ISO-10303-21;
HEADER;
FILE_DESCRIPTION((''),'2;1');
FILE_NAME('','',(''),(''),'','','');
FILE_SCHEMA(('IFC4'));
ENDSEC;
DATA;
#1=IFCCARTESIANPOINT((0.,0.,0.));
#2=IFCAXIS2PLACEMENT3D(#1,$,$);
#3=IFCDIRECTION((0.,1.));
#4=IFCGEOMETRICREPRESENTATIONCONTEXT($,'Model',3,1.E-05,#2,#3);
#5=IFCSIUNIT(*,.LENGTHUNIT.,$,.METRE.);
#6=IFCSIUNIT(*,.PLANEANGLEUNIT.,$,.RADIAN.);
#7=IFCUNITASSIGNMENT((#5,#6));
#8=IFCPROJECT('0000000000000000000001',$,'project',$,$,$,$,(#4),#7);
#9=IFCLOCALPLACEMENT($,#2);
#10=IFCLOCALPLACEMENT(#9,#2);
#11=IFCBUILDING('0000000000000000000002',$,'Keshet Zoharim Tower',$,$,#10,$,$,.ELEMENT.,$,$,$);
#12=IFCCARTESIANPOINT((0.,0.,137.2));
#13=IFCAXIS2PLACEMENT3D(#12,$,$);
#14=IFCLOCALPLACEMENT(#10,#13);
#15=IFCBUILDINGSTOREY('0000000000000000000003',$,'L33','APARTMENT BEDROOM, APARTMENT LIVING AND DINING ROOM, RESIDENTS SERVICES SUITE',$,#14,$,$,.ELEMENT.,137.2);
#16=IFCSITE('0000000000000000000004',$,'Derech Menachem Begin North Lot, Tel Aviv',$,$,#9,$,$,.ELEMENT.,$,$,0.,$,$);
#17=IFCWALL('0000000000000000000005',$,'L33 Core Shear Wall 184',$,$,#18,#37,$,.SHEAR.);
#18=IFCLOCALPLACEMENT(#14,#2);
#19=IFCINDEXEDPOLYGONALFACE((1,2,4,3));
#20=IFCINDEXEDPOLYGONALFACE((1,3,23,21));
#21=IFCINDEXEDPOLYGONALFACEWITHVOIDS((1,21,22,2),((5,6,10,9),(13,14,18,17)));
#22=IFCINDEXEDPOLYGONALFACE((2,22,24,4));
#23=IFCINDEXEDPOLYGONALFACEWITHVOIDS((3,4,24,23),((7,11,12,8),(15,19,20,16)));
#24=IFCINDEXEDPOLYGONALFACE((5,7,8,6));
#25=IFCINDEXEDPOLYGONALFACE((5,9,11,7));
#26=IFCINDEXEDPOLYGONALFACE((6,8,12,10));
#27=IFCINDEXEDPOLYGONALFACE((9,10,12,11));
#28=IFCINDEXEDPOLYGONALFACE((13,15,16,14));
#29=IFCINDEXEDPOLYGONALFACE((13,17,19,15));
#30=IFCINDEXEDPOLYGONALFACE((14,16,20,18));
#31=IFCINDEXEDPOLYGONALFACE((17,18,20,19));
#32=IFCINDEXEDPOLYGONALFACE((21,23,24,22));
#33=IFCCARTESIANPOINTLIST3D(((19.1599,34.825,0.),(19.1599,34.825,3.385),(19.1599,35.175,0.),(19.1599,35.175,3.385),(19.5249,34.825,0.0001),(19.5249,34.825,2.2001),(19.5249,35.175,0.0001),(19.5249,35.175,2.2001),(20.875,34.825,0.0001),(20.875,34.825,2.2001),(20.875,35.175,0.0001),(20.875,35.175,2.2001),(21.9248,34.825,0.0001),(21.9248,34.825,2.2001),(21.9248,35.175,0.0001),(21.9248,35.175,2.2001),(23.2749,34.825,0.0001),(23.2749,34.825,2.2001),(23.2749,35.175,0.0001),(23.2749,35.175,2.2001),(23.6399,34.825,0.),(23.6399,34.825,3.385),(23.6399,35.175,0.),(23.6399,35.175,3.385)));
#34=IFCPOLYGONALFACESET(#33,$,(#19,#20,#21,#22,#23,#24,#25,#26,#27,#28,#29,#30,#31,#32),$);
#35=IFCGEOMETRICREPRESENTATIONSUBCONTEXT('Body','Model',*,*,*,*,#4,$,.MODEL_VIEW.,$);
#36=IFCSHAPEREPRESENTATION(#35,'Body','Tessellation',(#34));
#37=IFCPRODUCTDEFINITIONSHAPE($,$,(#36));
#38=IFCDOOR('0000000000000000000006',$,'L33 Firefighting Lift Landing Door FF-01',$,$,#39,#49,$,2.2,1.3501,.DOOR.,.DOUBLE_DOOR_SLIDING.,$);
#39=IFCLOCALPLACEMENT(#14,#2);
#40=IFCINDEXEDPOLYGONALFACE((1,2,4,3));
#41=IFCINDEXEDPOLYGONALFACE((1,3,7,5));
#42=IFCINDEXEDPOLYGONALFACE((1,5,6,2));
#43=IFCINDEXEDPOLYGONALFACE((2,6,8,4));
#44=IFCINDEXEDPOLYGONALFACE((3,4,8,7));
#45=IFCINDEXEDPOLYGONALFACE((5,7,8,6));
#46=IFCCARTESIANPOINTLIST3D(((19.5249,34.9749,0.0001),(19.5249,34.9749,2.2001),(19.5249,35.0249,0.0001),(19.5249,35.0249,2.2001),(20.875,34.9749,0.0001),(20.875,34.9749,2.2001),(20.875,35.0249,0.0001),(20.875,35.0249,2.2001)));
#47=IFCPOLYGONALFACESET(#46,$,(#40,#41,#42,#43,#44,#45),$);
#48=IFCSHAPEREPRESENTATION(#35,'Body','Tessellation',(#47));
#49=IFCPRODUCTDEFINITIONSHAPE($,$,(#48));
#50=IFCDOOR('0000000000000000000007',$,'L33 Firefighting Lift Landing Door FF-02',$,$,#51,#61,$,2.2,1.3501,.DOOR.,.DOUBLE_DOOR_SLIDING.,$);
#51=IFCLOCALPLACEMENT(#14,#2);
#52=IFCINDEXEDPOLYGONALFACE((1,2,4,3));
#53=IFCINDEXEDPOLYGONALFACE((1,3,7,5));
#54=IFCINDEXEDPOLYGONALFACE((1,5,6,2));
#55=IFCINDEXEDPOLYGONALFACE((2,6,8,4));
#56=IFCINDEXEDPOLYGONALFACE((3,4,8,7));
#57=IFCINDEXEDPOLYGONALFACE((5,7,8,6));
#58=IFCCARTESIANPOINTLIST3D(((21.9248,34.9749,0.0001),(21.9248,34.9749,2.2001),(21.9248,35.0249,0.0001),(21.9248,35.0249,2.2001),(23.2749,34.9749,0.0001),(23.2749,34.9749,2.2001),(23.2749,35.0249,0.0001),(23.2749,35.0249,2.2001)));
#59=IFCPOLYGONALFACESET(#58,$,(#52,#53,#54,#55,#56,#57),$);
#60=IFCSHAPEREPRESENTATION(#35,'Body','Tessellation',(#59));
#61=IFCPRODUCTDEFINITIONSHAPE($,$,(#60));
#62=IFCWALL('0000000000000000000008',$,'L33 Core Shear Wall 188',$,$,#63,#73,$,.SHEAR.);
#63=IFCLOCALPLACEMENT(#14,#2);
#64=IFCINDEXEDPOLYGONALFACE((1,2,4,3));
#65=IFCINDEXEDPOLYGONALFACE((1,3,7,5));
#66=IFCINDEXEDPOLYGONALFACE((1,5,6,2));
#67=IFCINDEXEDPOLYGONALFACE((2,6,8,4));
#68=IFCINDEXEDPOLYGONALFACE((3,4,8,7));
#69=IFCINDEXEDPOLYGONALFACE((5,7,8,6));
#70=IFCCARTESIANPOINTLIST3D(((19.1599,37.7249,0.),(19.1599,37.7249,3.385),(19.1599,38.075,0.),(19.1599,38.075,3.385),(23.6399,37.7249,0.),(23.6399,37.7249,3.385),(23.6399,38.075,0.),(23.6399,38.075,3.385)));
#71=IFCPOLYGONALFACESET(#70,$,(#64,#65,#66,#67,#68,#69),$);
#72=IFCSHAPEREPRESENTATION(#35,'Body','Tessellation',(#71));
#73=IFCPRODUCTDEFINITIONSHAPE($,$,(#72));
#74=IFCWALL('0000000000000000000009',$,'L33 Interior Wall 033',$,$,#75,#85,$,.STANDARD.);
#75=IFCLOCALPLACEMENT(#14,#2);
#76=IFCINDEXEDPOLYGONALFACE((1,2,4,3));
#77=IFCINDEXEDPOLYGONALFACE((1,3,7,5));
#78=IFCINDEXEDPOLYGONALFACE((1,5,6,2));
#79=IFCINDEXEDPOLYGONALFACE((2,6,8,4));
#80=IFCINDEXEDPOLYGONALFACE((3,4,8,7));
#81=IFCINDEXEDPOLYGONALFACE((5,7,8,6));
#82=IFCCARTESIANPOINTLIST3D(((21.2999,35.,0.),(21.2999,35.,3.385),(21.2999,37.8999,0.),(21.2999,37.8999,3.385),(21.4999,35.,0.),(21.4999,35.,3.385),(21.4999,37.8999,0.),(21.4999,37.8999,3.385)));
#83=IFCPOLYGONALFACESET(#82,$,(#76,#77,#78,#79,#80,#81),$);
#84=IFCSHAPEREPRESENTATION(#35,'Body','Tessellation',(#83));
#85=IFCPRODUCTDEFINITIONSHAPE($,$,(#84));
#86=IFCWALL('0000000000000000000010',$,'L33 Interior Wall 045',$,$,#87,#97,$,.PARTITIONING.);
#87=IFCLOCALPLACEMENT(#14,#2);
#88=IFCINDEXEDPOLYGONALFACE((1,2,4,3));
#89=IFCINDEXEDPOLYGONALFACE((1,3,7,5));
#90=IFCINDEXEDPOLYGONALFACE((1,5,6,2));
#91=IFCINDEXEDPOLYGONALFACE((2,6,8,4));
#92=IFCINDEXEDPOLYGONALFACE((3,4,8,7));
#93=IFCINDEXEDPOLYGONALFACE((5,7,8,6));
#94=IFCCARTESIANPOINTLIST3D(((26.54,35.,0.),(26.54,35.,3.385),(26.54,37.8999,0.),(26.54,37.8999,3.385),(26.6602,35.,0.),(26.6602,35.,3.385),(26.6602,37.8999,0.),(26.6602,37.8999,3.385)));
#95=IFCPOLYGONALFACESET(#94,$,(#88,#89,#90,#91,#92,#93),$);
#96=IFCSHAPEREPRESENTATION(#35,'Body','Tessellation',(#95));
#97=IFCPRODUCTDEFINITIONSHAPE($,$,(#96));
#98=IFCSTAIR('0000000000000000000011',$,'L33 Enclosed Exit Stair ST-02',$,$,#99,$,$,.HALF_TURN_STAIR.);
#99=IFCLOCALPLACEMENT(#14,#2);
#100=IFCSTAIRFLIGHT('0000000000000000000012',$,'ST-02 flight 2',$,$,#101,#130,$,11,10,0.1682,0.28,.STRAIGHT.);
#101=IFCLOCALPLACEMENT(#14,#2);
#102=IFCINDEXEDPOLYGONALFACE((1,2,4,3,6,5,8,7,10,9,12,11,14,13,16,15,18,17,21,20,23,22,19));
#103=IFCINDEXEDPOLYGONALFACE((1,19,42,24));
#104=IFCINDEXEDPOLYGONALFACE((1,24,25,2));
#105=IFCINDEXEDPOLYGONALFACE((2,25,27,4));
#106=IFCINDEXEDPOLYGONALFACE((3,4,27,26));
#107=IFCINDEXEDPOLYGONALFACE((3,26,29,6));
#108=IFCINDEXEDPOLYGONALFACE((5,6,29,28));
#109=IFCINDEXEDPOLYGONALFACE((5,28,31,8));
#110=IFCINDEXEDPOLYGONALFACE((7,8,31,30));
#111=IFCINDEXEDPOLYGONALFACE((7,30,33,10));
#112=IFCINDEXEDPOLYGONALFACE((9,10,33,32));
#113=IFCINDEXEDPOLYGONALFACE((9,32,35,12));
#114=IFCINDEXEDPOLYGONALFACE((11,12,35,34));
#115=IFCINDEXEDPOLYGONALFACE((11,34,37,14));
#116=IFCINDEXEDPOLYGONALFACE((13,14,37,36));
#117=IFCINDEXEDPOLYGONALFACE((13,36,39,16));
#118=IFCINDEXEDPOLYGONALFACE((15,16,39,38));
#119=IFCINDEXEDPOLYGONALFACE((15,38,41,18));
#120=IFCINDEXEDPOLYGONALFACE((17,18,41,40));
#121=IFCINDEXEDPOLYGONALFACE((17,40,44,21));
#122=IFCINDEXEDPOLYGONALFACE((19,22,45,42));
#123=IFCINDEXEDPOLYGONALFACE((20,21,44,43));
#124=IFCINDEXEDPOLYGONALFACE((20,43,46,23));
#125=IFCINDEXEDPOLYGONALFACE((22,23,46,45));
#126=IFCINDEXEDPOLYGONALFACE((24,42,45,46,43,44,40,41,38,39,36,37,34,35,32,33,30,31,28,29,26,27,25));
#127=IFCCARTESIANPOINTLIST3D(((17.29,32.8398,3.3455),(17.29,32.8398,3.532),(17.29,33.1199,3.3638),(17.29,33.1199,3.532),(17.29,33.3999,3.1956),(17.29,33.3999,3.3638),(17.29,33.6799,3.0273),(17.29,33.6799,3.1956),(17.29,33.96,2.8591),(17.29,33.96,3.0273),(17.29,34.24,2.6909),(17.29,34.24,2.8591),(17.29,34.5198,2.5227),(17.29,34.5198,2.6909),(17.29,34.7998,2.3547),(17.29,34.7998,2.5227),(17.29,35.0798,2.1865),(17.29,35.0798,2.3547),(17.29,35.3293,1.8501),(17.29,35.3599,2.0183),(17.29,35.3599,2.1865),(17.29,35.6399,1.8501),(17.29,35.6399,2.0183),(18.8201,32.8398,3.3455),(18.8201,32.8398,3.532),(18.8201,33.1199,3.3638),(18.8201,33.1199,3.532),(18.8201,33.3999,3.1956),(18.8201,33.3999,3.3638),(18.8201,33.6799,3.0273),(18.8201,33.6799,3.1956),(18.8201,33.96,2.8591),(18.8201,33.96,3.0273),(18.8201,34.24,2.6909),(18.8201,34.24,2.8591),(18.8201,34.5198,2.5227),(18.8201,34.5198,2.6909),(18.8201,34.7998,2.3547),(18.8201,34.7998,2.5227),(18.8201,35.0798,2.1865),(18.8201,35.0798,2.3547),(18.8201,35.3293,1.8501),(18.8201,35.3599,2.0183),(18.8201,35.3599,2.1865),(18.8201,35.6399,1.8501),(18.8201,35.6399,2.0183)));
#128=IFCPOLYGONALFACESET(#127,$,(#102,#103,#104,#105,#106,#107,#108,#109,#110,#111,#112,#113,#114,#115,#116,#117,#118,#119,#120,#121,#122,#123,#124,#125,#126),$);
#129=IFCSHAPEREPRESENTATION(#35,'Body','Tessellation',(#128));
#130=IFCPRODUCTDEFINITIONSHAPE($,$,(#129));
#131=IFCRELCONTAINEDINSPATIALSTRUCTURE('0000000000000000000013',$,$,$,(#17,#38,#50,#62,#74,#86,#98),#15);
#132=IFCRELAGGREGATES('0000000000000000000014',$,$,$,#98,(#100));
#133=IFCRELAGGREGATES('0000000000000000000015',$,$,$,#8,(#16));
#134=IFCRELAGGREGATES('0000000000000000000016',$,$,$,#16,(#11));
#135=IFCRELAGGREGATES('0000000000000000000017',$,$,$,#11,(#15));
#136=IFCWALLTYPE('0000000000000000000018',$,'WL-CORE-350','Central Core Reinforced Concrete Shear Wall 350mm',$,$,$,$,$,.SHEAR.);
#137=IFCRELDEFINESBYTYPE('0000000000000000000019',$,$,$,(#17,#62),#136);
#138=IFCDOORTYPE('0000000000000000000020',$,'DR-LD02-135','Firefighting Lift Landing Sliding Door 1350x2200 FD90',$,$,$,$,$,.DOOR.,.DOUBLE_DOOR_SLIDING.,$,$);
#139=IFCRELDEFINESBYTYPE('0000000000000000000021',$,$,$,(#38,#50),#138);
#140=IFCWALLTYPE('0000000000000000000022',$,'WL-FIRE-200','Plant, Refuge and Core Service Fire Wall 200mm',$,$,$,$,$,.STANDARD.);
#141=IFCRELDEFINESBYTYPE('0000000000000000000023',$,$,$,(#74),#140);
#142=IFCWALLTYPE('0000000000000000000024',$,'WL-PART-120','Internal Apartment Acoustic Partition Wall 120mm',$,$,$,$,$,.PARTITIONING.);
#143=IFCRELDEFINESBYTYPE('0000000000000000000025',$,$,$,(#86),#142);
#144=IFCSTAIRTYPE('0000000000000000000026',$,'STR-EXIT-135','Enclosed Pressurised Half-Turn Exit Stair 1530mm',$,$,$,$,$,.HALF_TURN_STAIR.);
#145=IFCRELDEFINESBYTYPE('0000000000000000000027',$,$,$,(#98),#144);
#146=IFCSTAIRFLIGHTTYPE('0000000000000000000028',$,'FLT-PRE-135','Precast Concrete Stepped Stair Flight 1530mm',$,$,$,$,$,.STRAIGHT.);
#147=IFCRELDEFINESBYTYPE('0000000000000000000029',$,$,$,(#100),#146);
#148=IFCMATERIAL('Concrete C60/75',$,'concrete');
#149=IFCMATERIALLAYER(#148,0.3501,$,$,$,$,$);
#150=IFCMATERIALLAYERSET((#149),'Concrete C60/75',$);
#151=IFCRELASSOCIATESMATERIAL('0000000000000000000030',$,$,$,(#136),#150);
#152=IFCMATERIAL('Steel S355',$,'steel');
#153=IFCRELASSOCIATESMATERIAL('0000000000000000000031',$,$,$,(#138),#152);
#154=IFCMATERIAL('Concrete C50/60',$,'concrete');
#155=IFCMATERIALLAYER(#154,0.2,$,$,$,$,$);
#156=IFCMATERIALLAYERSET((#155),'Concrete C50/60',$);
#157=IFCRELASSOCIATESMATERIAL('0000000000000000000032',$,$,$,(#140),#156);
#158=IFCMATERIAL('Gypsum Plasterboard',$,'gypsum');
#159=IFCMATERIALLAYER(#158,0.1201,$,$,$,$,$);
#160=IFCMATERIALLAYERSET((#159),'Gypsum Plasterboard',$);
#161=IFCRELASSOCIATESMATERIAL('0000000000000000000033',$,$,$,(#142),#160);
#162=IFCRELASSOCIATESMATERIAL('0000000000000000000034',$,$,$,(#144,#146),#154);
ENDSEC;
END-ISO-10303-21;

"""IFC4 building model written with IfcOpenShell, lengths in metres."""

from ifc_helpers import new_model, si_unit, direction, frame, frame_2d, origin, place, context, subcontext, project, spatial, polyline, rectangle, outline, extrude, material, layer, layer_set, type_object, element, fill, aggregate, save


model = new_model("IFC4")

# Units and contexts
model_context = context("Model", 3, precision=1e-05, world=origin(), true_north=direction((0.0, 1.0)))
body_context = subcontext(model_context, "Body", "Model", "MODEL_VIEW")
ifc_project = project(units=[si_unit("LENGTHUNIT", "METRE"), si_unit("PLANEANGLEUNIT", "RADIAN")], contexts=[model_context])

# Site, building, storey
site_placement = place(None, origin())
site = spatial("IfcSite", under=ifc_project, at=site_placement, Name="Derech Menachem Begin North Lot, Tel Aviv", CompositionType="ELEMENT", RefElevation=0.0)
building_placement = place(site_placement, origin())
building = spatial("IfcBuilding", under=site, at=building_placement, Name="Keshet Zoharim Tower", CompositionType="ELEMENT")
storey_placement = place(building_placement, frame((0.0, 0.0, 137.2)))
storey = spatial("IfcBuildingStorey", under=building, at=storey_placement, Name="L33", Description="APARTMENT BEDROOM, APARTMENT LIVING AND DINING ROOM, RESIDENTS SERVICES SUITE", CompositionType="ELEMENT", Elevation=137.2)

# Shared definitions
ifc_material_1 = material(Name="Steel S355", Category="steel")

# Shared definitions
ifc_material_2 = material(Name="Concrete C60/75", Category="concrete")
ifc_layer_1 = layer(ifc_material_2, 0.3501)
ifc_layer_set_1 = layer_set([ifc_layer_1], Name="Concrete C60/75")
wall_type_1 = type_object("IfcWallType", Name="WL-CORE-350", Description="Central Core Reinforced Concrete Shear Wall 350mm", PredefinedType="SHEAR", material=ifc_layer_set_1)

# Wall, openings, doors
wall_1_placement = place(storey_placement, frame((19.1599, 35.0, 0.0), z_axis=(0.0, 0.0, 1.0), x_axis=(1.0, 0.0, 0.0)))
wall_1 = element("IfcWall", 1, at=wall_1_placement, inside=storey, type_object=wall_type_1, Name="L33 Core Shear Wall 184", PredefinedType="SHEAR", context=body_context, shape_type="SweptSolid", body=[
    extrude(rectangle(XDim=4.48, YDim=0.3501, at=frame_2d((2.24, 0.0))), origin(), (0.0, 0.0, 1.0), 3.385),
])
opening_1_placement = place(wall_1_placement, frame((0.365, 0.0, 0.0)))
opening_1 = element("IfcOpeningElement", 2, at=opening_1_placement, cuts=wall_1, PredefinedType="OPENING", context=body_context, shape_type="SweptSolid", body=[
    extrude(rectangle(XDim=1.3501, YDim=2.2, at=frame_2d((0.675, 1.1001))), frame((0.0, 0.1851, 0.0), z_axis=(0.0, -1.0, 0.0), x_axis=(1.0, 0.0, 0.0)), (0.0, 0.0, 1.0), 0.3701),
])
opening_2_placement = place(wall_1_placement, frame((2.7649, 0.0, 0.0)))
opening_2 = element("IfcOpeningElement", 3, at=opening_2_placement, cuts=wall_1, PredefinedType="OPENING", context=body_context, shape_type="SweptSolid", body=[
    extrude(rectangle(XDim=1.3501, YDim=2.2, at=frame_2d((0.675, 1.1001))), frame((0.0, 0.1851, 0.0), z_axis=(0.0, -1.0, 0.0), x_axis=(1.0, 0.0, 0.0)), (0.0, 0.0, 1.0), 0.3701),
])
door_type_1 = type_object("IfcDoorType", Name="DR-LD02-135", Description="Firefighting Lift Landing Sliding Door 1350x2200 FD90", OperationType="DOUBLE_DOOR_SLIDING", PredefinedType="DOOR", material=ifc_material_1)
door_1_placement = place(opening_1_placement, origin())
door_1 = element("IfcDoor", 4, at=door_1_placement, inside=storey, type_object=door_type_1, Name="L33 Firefighting Lift Landing Door FF-01", OperationType="DOUBLE_DOOR_SLIDING", OverallHeight=2.2, OverallWidth=1.3501, PredefinedType="DOOR", context=body_context, shape_type="SweptSolid", body=[
    extrude(rectangle(XDim=1.3501, YDim=2.2, at=frame_2d((0.675, 1.1001))), frame((0.0, 0.0249, 0.0), z_axis=(0.0, -1.0, 0.0), x_axis=(1.0, 0.0, 0.0)), (0.0, 0.0, 1.0), 0.05),
])
fill(opening_1, door_1)
door_2_placement = place(opening_2_placement, origin())
door_2 = element("IfcDoor", 5, at=door_2_placement, inside=storey, type_object=door_type_1, Name="L33 Firefighting Lift Landing Door FF-02", OperationType="DOUBLE_DOOR_SLIDING", OverallHeight=2.2, OverallWidth=1.3501, PredefinedType="DOOR", context=body_context, shape_type="SweptSolid", body=[
    extrude(rectangle(XDim=1.3501, YDim=2.2, at=frame_2d((0.675, 1.1001))), frame((0.0, 0.0249, 0.0), z_axis=(0.0, -1.0, 0.0), x_axis=(1.0, 0.0, 0.0)), (0.0, 0.0, 1.0), 0.05),
])
fill(opening_2, door_2)

# Walls
wall_2_placement = place(storey_placement, frame((19.1599, 37.8999, 0.0), z_axis=(0.0, 0.0, 1.0), x_axis=(1.0, 0.0, 0.0)))
element("IfcWall", 6, at=wall_2_placement, inside=storey, type_object=wall_type_1, Name="L33 Core Shear Wall 188", PredefinedType="SHEAR", context=body_context, shape_type="SweptSolid", body=[
    extrude(rectangle(XDim=4.48, YDim=0.3501, at=frame_2d((2.24, 0.0))), origin(), (0.0, 0.0, 1.0), 3.385),
])
ifc_material_3 = material(Name="Concrete C50/60", Category="concrete")
ifc_layer_2 = layer(ifc_material_3, 0.2)
ifc_layer_set_2 = layer_set([ifc_layer_2], Name="Concrete C50/60")
wall_type_2 = type_object("IfcWallType", Name="WL-FIRE-200", Description="Plant, Refuge and Core Service Fire Wall 200mm", PredefinedType="STANDARD", material=ifc_layer_set_2)
wall_3_placement = place(storey_placement, frame((21.3999, 35.0, 0.0), z_axis=(0.0, 0.0, 1.0), x_axis=(0.0, 1.0, 0.0)))
element("IfcWall", 7, at=wall_3_placement, inside=storey, type_object=wall_type_2, Name="L33 Interior Wall 033", PredefinedType="STANDARD", context=body_context, shape_type="SweptSolid", body=[
    extrude(rectangle(XDim=2.8999, YDim=0.2, at=frame_2d((1.45, 0.0))), origin(), (0.0, 0.0, 1.0), 3.385),
])
ifc_material_4 = material(Name="Gypsum Plasterboard", Category="gypsum")
ifc_layer_3 = layer(ifc_material_4, 0.1201)
ifc_layer_set_3 = layer_set([ifc_layer_3], Name="Gypsum Plasterboard")
wall_type_3 = type_object("IfcWallType", Name="WL-PART-120", Description="Internal Apartment Acoustic Partition Wall 120mm", PredefinedType="PARTITIONING", material=ifc_layer_set_3)
wall_4_placement = place(storey_placement, frame((26.6001, 35.0, 0.0), z_axis=(0.0, 0.0, 1.0), x_axis=(0.0, 1.0, 0.0)))
element("IfcWall", 8, at=wall_4_placement, inside=storey, type_object=wall_type_3, Name="L33 Interior Wall 045", PredefinedType="PARTITIONING", context=body_context, shape_type="SweptSolid", body=[
    extrude(rectangle(XDim=2.8999, YDim=0.1201, at=frame_2d((1.45, 0.0))), origin(), (0.0, 0.0, 1.0), 3.385),
])

# Stair, stair flight
stair_type = type_object("IfcStairType", Name="STR-EXIT-135", Description="Enclosed Pressurised Half-Turn Exit Stair 1530mm", PredefinedType="HALF_TURN_STAIR", material=ifc_material_3)
stair_placement = place(storey_placement, origin())
stair = element("IfcStair", 9, at=stair_placement, inside=storey, type_object=stair_type, Name="L33 Enclosed Exit Stair ST-02", PredefinedType="HALF_TURN_STAIR")
stair_flight_type = type_object("IfcStairFlightType", Name="FLT-PRE-135", Description="Precast Concrete Stepped Stair Flight 1530mm", PredefinedType="STRAIGHT", material=ifc_material_3)
stair_flight_placement = place(storey_placement, frame((18.0549, 35.6399, 1.8501), z_axis=(0.0, 0.0, 1.0), x_axis=(0.0, -1.0, 0.0)))
stair_flight = element("IfcStairFlight", 10, at=stair_flight_placement, type_object=stair_flight_type, Name="ST-02 flight 2", NumberOfRisers=11, NumberOfTreads=10, PredefinedType="STRAIGHT", RiserHeight=0.1682, TreadLength=0.28, context=body_context, shape_type="SweptSolid", body=[
    extrude(outline(polyline([(0.0, 0.0), (0.0, 0.1682), (0.28, 0.1682), (0.28, 0.3364), (0.5601, 0.3364), (0.5601, 0.5046), (0.8401, 0.5046), (0.8401, 0.6726), (1.1201, 0.6726), (1.1201, 0.8408), (1.3999, 0.8408), (1.3999, 1.009), (1.6799, 1.009), (1.6799, 1.1772), (1.96, 1.1772), (1.96, 1.3455), (2.24, 1.3455), (2.24, 1.5137), (2.52, 1.5137), (2.52, 1.6819), (2.8, 1.6819), (2.8, 1.8501), (2.8, 1.4954), (0.3105, 0.0), (0.0, 0.0)])), frame((0.0, 0.7651, 0.0), z_axis=(0.0, -1.0, 0.0), x_axis=(1.0, 0.0, 0.0)), (0.0, 0.0, 1.0), 1.53),
])
aggregate(stair, [stair_flight])

save(model, "model.ifc")
